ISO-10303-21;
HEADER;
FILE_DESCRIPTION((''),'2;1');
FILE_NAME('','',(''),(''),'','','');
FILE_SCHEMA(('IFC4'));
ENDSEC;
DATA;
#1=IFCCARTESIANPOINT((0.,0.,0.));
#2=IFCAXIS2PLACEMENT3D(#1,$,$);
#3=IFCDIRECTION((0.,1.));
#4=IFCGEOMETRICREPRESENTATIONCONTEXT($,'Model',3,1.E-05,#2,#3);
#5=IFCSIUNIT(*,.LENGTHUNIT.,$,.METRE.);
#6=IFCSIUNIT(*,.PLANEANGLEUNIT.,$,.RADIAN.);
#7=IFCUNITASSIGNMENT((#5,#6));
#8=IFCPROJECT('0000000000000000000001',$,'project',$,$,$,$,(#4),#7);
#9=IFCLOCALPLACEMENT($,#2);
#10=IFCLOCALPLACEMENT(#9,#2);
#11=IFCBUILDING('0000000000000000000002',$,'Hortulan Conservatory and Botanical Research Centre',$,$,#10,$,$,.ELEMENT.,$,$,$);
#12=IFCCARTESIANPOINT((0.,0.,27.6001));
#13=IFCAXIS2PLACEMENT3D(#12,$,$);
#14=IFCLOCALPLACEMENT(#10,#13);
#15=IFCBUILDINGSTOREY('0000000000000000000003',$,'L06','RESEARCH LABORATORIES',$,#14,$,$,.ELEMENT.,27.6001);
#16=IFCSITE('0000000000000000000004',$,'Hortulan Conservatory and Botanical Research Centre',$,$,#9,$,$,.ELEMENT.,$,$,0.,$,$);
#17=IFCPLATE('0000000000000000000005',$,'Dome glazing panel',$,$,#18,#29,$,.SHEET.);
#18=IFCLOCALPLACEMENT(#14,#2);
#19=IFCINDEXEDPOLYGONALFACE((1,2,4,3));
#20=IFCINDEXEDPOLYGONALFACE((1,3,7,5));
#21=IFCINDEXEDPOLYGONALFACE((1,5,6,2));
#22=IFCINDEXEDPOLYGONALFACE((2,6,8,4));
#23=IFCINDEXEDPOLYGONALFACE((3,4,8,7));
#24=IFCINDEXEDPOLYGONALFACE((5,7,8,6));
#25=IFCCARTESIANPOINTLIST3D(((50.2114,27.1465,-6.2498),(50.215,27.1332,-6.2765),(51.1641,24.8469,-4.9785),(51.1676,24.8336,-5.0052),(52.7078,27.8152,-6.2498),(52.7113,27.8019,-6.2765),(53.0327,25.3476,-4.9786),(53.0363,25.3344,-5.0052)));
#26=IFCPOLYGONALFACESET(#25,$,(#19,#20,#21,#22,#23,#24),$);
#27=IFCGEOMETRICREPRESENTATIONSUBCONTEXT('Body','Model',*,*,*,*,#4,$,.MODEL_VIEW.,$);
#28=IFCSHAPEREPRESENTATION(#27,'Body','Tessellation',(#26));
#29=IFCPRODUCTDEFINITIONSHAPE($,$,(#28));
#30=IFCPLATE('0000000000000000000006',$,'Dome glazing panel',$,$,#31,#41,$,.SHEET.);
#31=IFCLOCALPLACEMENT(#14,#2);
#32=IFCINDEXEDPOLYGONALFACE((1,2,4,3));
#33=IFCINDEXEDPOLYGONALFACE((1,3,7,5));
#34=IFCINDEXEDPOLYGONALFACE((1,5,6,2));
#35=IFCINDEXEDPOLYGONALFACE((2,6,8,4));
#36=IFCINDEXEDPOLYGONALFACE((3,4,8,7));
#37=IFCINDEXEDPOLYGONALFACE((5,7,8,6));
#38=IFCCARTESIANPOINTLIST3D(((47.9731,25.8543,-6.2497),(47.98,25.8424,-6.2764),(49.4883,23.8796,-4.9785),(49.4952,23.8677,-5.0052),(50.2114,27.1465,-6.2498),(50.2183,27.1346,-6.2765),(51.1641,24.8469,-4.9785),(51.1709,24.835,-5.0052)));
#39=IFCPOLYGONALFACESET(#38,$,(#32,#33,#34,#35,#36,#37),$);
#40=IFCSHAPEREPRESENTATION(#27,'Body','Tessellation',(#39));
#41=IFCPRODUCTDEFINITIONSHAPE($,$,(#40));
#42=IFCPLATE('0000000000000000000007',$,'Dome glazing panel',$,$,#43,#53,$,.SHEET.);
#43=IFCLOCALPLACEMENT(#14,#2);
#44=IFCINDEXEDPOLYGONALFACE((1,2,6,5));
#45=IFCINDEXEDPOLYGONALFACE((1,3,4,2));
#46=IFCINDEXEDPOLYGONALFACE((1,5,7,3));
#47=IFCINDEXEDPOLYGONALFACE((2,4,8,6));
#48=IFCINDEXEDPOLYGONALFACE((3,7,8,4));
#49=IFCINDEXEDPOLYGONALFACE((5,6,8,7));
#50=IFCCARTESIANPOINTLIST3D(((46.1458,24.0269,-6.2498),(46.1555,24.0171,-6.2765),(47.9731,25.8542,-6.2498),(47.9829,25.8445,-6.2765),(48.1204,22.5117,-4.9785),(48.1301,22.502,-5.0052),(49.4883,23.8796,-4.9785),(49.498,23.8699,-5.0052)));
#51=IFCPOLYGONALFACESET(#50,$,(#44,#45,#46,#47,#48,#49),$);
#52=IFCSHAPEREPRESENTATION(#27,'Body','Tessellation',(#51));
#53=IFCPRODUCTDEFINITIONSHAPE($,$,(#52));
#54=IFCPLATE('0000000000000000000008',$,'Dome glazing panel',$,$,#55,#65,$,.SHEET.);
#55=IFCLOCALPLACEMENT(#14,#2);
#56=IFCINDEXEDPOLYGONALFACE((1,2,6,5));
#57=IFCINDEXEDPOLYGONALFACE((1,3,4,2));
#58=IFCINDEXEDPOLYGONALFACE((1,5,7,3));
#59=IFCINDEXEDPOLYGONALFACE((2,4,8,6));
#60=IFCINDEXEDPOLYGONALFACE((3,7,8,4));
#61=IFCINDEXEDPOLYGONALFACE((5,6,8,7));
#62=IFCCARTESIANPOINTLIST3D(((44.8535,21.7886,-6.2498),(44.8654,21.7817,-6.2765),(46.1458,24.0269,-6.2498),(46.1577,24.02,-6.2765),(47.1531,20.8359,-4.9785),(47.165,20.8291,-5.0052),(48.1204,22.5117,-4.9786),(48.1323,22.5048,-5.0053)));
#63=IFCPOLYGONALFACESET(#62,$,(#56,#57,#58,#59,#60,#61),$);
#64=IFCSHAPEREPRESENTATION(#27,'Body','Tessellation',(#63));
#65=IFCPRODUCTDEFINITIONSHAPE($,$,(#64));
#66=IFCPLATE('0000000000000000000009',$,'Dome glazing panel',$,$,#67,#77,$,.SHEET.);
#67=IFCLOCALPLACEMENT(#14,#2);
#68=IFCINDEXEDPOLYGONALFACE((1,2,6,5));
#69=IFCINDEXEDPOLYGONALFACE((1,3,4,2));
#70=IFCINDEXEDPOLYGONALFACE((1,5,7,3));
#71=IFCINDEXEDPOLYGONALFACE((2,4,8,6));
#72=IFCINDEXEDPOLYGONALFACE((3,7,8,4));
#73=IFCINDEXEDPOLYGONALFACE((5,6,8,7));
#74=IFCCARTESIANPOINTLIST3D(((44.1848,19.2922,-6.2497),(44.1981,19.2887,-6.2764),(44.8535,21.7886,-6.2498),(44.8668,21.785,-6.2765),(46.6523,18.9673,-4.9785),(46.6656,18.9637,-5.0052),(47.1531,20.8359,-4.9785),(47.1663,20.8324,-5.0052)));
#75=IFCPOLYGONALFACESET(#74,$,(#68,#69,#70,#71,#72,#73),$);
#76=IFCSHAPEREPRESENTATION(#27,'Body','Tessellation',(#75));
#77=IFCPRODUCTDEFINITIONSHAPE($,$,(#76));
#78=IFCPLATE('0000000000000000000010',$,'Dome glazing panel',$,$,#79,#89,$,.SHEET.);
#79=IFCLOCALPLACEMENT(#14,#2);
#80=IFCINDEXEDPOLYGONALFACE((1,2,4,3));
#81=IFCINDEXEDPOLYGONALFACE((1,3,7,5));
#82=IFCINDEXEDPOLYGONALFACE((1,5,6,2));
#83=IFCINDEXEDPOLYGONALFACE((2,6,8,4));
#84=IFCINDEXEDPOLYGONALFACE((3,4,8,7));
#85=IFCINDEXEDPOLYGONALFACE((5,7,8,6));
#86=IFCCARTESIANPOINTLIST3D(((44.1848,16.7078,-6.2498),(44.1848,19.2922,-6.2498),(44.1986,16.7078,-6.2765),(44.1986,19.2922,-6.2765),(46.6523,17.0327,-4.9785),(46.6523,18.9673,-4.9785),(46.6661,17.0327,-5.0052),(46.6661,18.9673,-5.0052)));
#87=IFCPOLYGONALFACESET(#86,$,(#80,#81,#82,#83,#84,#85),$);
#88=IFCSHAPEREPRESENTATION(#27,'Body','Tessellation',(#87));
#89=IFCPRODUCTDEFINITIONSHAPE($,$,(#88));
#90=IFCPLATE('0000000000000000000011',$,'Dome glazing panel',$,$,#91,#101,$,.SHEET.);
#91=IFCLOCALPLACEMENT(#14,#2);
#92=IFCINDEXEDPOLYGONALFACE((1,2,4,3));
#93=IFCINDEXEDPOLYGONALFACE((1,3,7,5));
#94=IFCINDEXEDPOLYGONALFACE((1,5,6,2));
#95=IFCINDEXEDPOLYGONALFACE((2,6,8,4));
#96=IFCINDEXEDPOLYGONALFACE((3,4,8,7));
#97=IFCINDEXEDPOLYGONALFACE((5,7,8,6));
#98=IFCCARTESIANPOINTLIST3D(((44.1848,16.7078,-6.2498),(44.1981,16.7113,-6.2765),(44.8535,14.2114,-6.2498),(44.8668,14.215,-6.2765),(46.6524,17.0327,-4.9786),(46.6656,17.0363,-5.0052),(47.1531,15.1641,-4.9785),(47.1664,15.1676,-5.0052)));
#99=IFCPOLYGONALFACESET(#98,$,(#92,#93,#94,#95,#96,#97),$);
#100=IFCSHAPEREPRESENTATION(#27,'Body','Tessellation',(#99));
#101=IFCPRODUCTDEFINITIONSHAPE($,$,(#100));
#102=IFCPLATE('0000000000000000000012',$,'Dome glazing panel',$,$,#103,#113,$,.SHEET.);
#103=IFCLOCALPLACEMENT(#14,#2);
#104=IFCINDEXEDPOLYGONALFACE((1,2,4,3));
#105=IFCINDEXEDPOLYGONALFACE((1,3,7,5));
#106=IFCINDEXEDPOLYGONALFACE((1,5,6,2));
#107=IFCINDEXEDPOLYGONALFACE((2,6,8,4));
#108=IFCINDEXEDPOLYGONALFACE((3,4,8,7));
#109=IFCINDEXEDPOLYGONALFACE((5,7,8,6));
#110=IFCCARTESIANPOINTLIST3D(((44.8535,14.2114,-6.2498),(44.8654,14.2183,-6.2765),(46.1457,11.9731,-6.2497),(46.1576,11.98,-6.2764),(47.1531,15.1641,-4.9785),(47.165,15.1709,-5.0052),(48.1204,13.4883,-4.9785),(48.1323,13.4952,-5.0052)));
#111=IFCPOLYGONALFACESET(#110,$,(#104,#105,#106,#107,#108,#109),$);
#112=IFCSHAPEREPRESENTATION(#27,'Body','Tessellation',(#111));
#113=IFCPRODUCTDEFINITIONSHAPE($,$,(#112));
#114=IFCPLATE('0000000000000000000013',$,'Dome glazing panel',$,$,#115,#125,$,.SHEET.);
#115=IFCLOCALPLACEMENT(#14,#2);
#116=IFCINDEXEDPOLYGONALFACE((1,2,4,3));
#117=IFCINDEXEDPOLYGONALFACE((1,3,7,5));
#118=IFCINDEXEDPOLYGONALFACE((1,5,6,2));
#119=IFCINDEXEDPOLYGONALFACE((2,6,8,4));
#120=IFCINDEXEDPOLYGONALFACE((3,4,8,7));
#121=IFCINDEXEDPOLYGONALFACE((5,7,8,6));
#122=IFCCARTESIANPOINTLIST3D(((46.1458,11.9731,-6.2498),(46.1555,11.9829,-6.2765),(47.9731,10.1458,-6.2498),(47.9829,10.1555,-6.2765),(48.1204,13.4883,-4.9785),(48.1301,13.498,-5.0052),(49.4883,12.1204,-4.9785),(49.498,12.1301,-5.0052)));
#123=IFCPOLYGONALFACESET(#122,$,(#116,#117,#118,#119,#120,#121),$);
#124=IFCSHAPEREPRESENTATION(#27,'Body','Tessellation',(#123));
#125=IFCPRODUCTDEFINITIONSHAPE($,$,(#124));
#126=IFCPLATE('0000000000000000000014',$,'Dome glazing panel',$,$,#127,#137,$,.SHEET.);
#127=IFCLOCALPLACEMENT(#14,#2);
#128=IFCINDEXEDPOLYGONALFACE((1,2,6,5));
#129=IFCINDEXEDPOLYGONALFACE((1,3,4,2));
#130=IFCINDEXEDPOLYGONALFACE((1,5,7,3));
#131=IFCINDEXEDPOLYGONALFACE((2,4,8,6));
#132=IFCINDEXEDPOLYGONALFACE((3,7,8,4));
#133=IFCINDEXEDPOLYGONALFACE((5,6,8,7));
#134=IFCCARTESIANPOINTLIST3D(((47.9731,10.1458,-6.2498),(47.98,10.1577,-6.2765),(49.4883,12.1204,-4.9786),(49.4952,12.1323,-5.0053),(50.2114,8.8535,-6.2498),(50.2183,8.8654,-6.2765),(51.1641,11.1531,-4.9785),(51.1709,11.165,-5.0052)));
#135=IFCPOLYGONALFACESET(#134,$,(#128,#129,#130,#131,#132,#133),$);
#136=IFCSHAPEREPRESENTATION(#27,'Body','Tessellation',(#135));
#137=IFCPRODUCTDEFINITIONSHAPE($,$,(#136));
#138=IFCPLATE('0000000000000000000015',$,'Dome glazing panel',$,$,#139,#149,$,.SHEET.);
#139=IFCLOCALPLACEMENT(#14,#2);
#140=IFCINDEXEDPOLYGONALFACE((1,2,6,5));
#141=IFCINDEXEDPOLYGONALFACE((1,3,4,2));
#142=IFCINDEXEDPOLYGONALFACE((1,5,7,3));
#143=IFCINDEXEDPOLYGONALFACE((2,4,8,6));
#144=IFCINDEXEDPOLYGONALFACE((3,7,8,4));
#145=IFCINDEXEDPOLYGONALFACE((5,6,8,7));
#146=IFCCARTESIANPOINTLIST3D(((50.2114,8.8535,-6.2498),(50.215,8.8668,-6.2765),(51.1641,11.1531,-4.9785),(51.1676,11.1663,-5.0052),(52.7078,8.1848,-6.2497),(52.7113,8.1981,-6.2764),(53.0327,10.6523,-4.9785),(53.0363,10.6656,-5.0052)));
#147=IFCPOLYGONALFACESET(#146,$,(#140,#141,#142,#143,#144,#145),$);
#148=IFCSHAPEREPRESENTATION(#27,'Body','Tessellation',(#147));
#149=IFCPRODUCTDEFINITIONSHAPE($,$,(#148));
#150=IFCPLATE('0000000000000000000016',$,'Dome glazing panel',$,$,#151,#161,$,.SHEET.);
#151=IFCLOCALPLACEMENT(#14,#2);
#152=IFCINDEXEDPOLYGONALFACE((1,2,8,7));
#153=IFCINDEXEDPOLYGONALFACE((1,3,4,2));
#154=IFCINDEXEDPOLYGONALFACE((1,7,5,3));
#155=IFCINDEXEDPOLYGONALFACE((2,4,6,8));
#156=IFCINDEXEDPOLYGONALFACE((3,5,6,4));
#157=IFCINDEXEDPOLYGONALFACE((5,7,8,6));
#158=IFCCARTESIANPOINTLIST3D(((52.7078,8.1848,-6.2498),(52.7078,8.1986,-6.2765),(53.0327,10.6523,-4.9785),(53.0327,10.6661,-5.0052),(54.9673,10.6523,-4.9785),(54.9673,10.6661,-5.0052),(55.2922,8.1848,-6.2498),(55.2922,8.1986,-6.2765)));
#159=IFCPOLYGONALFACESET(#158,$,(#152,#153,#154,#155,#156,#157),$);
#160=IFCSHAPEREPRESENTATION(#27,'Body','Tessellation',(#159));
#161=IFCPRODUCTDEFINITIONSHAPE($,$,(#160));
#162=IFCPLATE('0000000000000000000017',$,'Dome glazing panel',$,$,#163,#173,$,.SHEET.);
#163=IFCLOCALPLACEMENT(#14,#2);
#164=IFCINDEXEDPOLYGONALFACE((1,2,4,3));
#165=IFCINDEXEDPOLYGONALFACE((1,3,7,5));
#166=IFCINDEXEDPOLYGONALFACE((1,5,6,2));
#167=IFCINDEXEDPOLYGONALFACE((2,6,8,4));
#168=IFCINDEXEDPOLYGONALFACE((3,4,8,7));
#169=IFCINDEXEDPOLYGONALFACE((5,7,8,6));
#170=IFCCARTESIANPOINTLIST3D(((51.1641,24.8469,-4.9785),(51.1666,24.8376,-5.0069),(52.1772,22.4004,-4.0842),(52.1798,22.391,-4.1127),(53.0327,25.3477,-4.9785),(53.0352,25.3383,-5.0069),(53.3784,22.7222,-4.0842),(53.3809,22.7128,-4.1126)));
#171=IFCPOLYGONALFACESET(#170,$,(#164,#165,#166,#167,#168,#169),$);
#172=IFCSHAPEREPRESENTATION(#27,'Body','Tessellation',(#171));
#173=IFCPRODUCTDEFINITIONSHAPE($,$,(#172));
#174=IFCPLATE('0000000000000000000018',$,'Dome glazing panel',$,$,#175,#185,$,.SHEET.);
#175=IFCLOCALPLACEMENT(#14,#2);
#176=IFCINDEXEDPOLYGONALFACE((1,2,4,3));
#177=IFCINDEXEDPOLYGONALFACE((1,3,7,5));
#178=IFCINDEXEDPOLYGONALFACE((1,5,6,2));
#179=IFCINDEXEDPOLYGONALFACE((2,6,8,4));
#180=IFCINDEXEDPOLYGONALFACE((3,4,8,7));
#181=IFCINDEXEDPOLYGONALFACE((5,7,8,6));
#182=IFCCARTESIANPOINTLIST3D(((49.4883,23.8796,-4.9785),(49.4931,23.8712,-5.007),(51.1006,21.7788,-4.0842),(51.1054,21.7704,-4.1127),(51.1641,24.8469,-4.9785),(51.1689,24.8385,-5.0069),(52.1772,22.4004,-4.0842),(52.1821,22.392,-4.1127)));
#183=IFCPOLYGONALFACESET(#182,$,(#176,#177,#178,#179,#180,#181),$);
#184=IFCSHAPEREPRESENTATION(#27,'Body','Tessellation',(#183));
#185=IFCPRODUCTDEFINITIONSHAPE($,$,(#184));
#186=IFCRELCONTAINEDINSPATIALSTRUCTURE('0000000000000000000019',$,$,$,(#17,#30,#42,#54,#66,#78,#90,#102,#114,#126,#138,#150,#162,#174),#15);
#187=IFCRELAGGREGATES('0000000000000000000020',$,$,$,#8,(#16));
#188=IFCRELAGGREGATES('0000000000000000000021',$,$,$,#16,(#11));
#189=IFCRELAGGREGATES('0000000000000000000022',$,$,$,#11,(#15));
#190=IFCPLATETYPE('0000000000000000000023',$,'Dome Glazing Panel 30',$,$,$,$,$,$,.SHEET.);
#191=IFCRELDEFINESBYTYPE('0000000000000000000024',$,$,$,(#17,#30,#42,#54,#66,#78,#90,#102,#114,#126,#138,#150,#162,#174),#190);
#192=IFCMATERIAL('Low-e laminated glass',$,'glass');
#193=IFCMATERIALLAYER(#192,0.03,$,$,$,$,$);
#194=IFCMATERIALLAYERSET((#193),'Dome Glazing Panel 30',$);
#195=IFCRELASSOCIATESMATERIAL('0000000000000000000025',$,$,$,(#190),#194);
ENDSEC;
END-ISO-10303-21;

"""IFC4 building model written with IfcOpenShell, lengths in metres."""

from ifc_helpers import new_model, si_unit, direction, frame, origin, place, context, subcontext, project, spatial, polyline, outline, extrude, material, layer, layer_set, type_object, element, save


model = new_model("IFC4")

# Units and contexts
model_context = context("Model", 3, precision=1e-05, world=origin(), true_north=direction((0.0, 1.0)))
body_context = subcontext(model_context, "Body", "Model", "MODEL_VIEW")
ifc_project = project(units=[si_unit("LENGTHUNIT", "METRE"), si_unit("PLANEANGLEUNIT", "RADIAN")], contexts=[model_context])

# Site, building, storey
site_placement = place(None, origin())
site = spatial("IfcSite", under=ifc_project, at=site_placement, Name="Hortulan Conservatory and Botanical Research Centre", CompositionType="ELEMENT", RefElevation=0.0)
building_placement = place(site_placement, origin())
building = spatial("IfcBuilding", under=site, at=building_placement, Name="Hortulan Conservatory and Botanical Research Centre", CompositionType="ELEMENT")
storey_placement = place(building_placement, frame((0.0, 0.0, 27.6001)))
storey = spatial("IfcBuildingStorey", under=building, at=storey_placement, Name="L06", Description="RESEARCH LABORATORIES", CompositionType="ELEMENT", Elevation=27.6001)

# Plates
ifc_material_1 = material(Name="Low-e laminated glass", Category="glass")
ifc_layer_1 = layer(ifc_material_1, 0.03)
ifc_layer_set_1 = layer_set([ifc_layer_1], Name="Dome Glazing Panel 30")
plate_type = type_object("IfcPlateType", Name="Dome Glazing Panel 30", PredefinedType="SHEET", material=ifc_layer_set_1)
plate_1_placement = place(storey_placement, frame((52.7078, 27.8152, -6.2498), z_axis=(-0.118514, 0.442362, 0.888971), x_axis=(-0.965942, -0.258758, -0.000015)))
element("IfcPlate", 1, at=plate_1_placement, inside=storey, type_object=plate_type, Name="Dome glazing panel", PredefinedType="SHEET", context=body_context, shape_type="SweptSolid", body=[
    extrude(outline(polyline([(0.0, 0.0), (2.5843, 0.0), (2.2592, 2.7759), (0.3246, 2.7758), (0.0, 0.0)])), origin(), (0.0, 0.0, -1.0), 0.03),
])
plate_2_placement = place(storey_placement, frame((50.2114, 27.1465, -6.2498), z_axis=(-0.228957, 0.396612, 0.888975), x_axis=(-0.866035, -0.499983, 0.000016)))
element("IfcPlate", 2, at=plate_2_placement, inside=storey, type_object=plate_type, Name="Dome glazing panel", PredefinedType="SHEET", context=body_context, shape_type="SweptSolid", body=[
    extrude(outline(polyline([(0.0, 0.0), (2.5845, 0.0), (2.2597, 2.7758), (0.3247, 2.776), (0.0, 0.0)])), origin(), (0.0, 0.0, -1.0), 0.03),
])
plate_3_placement = place(storey_placement, frame((47.9731, 25.8542, -6.2498), z_axis=(-0.323832, 0.323832, 0.888969), x_axis=(-0.707107, -0.707107, 0.0)))
element("IfcPlate", 3, at=plate_3_placement, inside=storey, type_object=plate_type, Name="Dome glazing panel", PredefinedType="SHEET", context=body_context, shape_type="SweptSolid", body=[
    extrude(outline(polyline([(0.0, 0.0), (2.5843, 0.0), (2.2594, 2.7758), (0.3249, 2.7758), (0.0, 0.0)])), origin(), (0.0, 0.0, -1.0), 0.03),
])
plate_4_placement = place(storey_placement, frame((46.1458, 24.0269, -6.2498), z_axis=(-0.396612, 0.228957, 0.888975), x_axis=(-0.499983, -0.866035, -0.000016)))
element("IfcPlate", 4, at=plate_4_placement, inside=storey, type_object=plate_type, Name="Dome glazing panel", PredefinedType="SHEET", context=body_context, shape_type="SweptSolid", body=[
    extrude(outline(polyline([(0.0, 0.0), (2.5845, 0.0), (2.2598, 2.776), (0.3249, 2.7758), (0.0, 0.0)])), origin(), (0.0, 0.0, -1.0), 0.03),
])
plate_5_placement = place(storey_placement, frame((44.8535, 21.7886, -6.2498), z_axis=(-0.442362, 0.118514, 0.888971), x_axis=(-0.258758, -0.965942, 0.000015)))
element("IfcPlate", 5, at=plate_5_placement, inside=storey, type_object=plate_type, Name="Dome glazing panel", PredefinedType="SHEET", context=body_context, shape_type="SweptSolid", body=[
    extrude(outline(polyline([(0.0, 0.0), (2.5843, 0.0), (2.2598, 2.7758), (0.3252, 2.7759), (0.0, 0.0)])), origin(), (0.0, 0.0, -1.0), 0.03),
])
plate_6_placement = place(storey_placement, frame((44.1848, 19.2922, -6.2498), z_axis=(-0.457982, 0.0, 0.888962), x_axis=(0.0, -1.0, 0.0)))
element("IfcPlate", 6, at=plate_6_placement, inside=storey, type_object=plate_type, Name="Dome glazing panel", PredefinedType="SHEET", context=body_context, shape_type="SweptSolid", body=[
    extrude(outline(polyline([(0.0, 0.0), (2.5845, 0.0), (2.2595, 2.7757), (0.325, 2.7757), (0.0, 0.0)])), origin(), (0.0, 0.0, -1.0), 0.03),
])
plate_7_placement = place(storey_placement, frame((44.1848, 16.7078, -6.2498), z_axis=(-0.442362, -0.118514, 0.888971), x_axis=(0.258758, -0.965942, -0.000015)))
element("IfcPlate", 7, at=plate_7_placement, inside=storey, type_object=plate_type, Name="Dome glazing panel", PredefinedType="SHEET", context=body_context, shape_type="SweptSolid", body=[
    extrude(outline(polyline([(0.0, 0.0), (2.5843, 0.0), (2.2592, 2.7759), (0.3246, 2.7758), (0.0, 0.0)])), origin(), (0.0, 0.0, -1.0), 0.03),
])
plate_8_placement = place(storey_placement, frame((44.8535, 14.2114, -6.2498), z_axis=(-0.396612, -0.228957, 0.888975), x_axis=(0.499983, -0.866035, 0.000016)))
element("IfcPlate", 8, at=plate_8_placement, inside=storey, type_object=plate_type, Name="Dome glazing panel", PredefinedType="SHEET", context=body_context, shape_type="SweptSolid", body=[
    extrude(outline(polyline([(0.0, 0.0), (2.5845, 0.0), (2.2597, 2.7758), (0.3247, 2.776), (0.0, 0.0)])), origin(), (0.0, 0.0, -1.0), 0.03),
])
plate_9_placement = place(storey_placement, frame((46.1458, 11.9731, -6.2498), z_axis=(-0.323832, -0.323832, 0.888969), x_axis=(0.707107, -0.707107, 0.0)))
element("IfcPlate", 9, at=plate_9_placement, inside=storey, type_object=plate_type, Name="Dome glazing panel", PredefinedType="SHEET", context=body_context, shape_type="SweptSolid", body=[
    extrude(outline(polyline([(0.0, 0.0), (2.5843, 0.0), (2.2594, 2.7758), (0.3249, 2.7758), (0.0, 0.0)])), origin(), (0.0, 0.0, -1.0), 0.03),
])
plate_10_placement = place(storey_placement, frame((47.9731, 10.1458, -6.2498), z_axis=(-0.228957, -0.396612, 0.888975), x_axis=(0.866035, -0.499983, -0.000016)))
element("IfcPlate", 10, at=plate_10_placement, inside=storey, type_object=plate_type, Name="Dome glazing panel", PredefinedType="SHEET", context=body_context, shape_type="SweptSolid", body=[
    extrude(outline(polyline([(0.0, 0.0), (2.5845, 0.0), (2.2598, 2.776), (0.3249, 2.7758), (0.0, 0.0)])), origin(), (0.0, 0.0, -1.0), 0.03),
])
plate_11_placement = place(storey_placement, frame((50.2114, 8.8535, -6.2498), z_axis=(-0.118514, -0.442362, 0.888971), x_axis=(0.965942, -0.258758, 0.000015)))
element("IfcPlate", 11, at=plate_11_placement, inside=storey, type_object=plate_type, Name="Dome glazing panel", PredefinedType="SHEET", context=body_context, shape_type="SweptSolid", body=[
    extrude(outline(polyline([(0.0, 0.0), (2.5843, 0.0), (2.2598, 2.7758), (0.3252, 2.7759), (0.0, 0.0)])), origin(), (0.0, 0.0, -1.0), 0.03),
])
plate_12_placement = place(storey_placement, frame((52.7078, 8.1848, -6.2498), z_axis=(0.0, -0.457982, 0.888962), x_axis=(1.0, 0.0, 0.0)))
element("IfcPlate", 12, at=plate_12_placement, inside=storey, type_object=plate_type, Name="Dome glazing panel", PredefinedType="SHEET", context=body_context, shape_type="SweptSolid", body=[
    extrude(outline(polyline([(0.0, 0.0), (2.5845, 0.0), (2.2595, 2.7757), (0.325, 2.7757), (0.0, 0.0)])), origin(), (0.0, 0.0, -1.0), 0.03),
])
plate_13_placement = place(storey_placement, frame((53.0327, 25.3477, -4.9785), z_axis=(-0.083447, 0.311445, 0.946593), x_axis=(-0.965923, -0.25883, 0.000009)))
element("IfcPlate", 13, at=plate_13_placement, inside=storey, type_object=plate_type, Name="Dome glazing panel", PredefinedType="SHEET", context=body_context, shape_type="SweptSolid", body=[
    extrude(outline(polyline([(0.0, 0.0), (1.9346, 0.0), (1.5892, 2.7735), (0.3456, 2.7736), (0.0, 0.0)])), origin(), (0.0, 0.0, -1.0), 0.03),
])
plate_14_placement = place(storey_placement, frame((51.1641, 24.8469, -4.9785), z_axis=(-0.161197, 0.279246, 0.946593), x_axis=(-0.866075, -0.499915, -0.00001)))
element("IfcPlate", 14, at=plate_14_placement, inside=storey, type_object=plate_type, Name="Dome glazing panel", PredefinedType="SHEET", context=body_context, shape_type="SweptSolid", body=[
    extrude(outline(polyline([(0.0, 0.0), (1.9349, 0.0), (1.5888, 2.7736), (0.3456, 2.7735), (0.0, 0.0)])), origin(), (0.0, 0.0, -1.0), 0.03),
])

save(model, "model.ifc")
